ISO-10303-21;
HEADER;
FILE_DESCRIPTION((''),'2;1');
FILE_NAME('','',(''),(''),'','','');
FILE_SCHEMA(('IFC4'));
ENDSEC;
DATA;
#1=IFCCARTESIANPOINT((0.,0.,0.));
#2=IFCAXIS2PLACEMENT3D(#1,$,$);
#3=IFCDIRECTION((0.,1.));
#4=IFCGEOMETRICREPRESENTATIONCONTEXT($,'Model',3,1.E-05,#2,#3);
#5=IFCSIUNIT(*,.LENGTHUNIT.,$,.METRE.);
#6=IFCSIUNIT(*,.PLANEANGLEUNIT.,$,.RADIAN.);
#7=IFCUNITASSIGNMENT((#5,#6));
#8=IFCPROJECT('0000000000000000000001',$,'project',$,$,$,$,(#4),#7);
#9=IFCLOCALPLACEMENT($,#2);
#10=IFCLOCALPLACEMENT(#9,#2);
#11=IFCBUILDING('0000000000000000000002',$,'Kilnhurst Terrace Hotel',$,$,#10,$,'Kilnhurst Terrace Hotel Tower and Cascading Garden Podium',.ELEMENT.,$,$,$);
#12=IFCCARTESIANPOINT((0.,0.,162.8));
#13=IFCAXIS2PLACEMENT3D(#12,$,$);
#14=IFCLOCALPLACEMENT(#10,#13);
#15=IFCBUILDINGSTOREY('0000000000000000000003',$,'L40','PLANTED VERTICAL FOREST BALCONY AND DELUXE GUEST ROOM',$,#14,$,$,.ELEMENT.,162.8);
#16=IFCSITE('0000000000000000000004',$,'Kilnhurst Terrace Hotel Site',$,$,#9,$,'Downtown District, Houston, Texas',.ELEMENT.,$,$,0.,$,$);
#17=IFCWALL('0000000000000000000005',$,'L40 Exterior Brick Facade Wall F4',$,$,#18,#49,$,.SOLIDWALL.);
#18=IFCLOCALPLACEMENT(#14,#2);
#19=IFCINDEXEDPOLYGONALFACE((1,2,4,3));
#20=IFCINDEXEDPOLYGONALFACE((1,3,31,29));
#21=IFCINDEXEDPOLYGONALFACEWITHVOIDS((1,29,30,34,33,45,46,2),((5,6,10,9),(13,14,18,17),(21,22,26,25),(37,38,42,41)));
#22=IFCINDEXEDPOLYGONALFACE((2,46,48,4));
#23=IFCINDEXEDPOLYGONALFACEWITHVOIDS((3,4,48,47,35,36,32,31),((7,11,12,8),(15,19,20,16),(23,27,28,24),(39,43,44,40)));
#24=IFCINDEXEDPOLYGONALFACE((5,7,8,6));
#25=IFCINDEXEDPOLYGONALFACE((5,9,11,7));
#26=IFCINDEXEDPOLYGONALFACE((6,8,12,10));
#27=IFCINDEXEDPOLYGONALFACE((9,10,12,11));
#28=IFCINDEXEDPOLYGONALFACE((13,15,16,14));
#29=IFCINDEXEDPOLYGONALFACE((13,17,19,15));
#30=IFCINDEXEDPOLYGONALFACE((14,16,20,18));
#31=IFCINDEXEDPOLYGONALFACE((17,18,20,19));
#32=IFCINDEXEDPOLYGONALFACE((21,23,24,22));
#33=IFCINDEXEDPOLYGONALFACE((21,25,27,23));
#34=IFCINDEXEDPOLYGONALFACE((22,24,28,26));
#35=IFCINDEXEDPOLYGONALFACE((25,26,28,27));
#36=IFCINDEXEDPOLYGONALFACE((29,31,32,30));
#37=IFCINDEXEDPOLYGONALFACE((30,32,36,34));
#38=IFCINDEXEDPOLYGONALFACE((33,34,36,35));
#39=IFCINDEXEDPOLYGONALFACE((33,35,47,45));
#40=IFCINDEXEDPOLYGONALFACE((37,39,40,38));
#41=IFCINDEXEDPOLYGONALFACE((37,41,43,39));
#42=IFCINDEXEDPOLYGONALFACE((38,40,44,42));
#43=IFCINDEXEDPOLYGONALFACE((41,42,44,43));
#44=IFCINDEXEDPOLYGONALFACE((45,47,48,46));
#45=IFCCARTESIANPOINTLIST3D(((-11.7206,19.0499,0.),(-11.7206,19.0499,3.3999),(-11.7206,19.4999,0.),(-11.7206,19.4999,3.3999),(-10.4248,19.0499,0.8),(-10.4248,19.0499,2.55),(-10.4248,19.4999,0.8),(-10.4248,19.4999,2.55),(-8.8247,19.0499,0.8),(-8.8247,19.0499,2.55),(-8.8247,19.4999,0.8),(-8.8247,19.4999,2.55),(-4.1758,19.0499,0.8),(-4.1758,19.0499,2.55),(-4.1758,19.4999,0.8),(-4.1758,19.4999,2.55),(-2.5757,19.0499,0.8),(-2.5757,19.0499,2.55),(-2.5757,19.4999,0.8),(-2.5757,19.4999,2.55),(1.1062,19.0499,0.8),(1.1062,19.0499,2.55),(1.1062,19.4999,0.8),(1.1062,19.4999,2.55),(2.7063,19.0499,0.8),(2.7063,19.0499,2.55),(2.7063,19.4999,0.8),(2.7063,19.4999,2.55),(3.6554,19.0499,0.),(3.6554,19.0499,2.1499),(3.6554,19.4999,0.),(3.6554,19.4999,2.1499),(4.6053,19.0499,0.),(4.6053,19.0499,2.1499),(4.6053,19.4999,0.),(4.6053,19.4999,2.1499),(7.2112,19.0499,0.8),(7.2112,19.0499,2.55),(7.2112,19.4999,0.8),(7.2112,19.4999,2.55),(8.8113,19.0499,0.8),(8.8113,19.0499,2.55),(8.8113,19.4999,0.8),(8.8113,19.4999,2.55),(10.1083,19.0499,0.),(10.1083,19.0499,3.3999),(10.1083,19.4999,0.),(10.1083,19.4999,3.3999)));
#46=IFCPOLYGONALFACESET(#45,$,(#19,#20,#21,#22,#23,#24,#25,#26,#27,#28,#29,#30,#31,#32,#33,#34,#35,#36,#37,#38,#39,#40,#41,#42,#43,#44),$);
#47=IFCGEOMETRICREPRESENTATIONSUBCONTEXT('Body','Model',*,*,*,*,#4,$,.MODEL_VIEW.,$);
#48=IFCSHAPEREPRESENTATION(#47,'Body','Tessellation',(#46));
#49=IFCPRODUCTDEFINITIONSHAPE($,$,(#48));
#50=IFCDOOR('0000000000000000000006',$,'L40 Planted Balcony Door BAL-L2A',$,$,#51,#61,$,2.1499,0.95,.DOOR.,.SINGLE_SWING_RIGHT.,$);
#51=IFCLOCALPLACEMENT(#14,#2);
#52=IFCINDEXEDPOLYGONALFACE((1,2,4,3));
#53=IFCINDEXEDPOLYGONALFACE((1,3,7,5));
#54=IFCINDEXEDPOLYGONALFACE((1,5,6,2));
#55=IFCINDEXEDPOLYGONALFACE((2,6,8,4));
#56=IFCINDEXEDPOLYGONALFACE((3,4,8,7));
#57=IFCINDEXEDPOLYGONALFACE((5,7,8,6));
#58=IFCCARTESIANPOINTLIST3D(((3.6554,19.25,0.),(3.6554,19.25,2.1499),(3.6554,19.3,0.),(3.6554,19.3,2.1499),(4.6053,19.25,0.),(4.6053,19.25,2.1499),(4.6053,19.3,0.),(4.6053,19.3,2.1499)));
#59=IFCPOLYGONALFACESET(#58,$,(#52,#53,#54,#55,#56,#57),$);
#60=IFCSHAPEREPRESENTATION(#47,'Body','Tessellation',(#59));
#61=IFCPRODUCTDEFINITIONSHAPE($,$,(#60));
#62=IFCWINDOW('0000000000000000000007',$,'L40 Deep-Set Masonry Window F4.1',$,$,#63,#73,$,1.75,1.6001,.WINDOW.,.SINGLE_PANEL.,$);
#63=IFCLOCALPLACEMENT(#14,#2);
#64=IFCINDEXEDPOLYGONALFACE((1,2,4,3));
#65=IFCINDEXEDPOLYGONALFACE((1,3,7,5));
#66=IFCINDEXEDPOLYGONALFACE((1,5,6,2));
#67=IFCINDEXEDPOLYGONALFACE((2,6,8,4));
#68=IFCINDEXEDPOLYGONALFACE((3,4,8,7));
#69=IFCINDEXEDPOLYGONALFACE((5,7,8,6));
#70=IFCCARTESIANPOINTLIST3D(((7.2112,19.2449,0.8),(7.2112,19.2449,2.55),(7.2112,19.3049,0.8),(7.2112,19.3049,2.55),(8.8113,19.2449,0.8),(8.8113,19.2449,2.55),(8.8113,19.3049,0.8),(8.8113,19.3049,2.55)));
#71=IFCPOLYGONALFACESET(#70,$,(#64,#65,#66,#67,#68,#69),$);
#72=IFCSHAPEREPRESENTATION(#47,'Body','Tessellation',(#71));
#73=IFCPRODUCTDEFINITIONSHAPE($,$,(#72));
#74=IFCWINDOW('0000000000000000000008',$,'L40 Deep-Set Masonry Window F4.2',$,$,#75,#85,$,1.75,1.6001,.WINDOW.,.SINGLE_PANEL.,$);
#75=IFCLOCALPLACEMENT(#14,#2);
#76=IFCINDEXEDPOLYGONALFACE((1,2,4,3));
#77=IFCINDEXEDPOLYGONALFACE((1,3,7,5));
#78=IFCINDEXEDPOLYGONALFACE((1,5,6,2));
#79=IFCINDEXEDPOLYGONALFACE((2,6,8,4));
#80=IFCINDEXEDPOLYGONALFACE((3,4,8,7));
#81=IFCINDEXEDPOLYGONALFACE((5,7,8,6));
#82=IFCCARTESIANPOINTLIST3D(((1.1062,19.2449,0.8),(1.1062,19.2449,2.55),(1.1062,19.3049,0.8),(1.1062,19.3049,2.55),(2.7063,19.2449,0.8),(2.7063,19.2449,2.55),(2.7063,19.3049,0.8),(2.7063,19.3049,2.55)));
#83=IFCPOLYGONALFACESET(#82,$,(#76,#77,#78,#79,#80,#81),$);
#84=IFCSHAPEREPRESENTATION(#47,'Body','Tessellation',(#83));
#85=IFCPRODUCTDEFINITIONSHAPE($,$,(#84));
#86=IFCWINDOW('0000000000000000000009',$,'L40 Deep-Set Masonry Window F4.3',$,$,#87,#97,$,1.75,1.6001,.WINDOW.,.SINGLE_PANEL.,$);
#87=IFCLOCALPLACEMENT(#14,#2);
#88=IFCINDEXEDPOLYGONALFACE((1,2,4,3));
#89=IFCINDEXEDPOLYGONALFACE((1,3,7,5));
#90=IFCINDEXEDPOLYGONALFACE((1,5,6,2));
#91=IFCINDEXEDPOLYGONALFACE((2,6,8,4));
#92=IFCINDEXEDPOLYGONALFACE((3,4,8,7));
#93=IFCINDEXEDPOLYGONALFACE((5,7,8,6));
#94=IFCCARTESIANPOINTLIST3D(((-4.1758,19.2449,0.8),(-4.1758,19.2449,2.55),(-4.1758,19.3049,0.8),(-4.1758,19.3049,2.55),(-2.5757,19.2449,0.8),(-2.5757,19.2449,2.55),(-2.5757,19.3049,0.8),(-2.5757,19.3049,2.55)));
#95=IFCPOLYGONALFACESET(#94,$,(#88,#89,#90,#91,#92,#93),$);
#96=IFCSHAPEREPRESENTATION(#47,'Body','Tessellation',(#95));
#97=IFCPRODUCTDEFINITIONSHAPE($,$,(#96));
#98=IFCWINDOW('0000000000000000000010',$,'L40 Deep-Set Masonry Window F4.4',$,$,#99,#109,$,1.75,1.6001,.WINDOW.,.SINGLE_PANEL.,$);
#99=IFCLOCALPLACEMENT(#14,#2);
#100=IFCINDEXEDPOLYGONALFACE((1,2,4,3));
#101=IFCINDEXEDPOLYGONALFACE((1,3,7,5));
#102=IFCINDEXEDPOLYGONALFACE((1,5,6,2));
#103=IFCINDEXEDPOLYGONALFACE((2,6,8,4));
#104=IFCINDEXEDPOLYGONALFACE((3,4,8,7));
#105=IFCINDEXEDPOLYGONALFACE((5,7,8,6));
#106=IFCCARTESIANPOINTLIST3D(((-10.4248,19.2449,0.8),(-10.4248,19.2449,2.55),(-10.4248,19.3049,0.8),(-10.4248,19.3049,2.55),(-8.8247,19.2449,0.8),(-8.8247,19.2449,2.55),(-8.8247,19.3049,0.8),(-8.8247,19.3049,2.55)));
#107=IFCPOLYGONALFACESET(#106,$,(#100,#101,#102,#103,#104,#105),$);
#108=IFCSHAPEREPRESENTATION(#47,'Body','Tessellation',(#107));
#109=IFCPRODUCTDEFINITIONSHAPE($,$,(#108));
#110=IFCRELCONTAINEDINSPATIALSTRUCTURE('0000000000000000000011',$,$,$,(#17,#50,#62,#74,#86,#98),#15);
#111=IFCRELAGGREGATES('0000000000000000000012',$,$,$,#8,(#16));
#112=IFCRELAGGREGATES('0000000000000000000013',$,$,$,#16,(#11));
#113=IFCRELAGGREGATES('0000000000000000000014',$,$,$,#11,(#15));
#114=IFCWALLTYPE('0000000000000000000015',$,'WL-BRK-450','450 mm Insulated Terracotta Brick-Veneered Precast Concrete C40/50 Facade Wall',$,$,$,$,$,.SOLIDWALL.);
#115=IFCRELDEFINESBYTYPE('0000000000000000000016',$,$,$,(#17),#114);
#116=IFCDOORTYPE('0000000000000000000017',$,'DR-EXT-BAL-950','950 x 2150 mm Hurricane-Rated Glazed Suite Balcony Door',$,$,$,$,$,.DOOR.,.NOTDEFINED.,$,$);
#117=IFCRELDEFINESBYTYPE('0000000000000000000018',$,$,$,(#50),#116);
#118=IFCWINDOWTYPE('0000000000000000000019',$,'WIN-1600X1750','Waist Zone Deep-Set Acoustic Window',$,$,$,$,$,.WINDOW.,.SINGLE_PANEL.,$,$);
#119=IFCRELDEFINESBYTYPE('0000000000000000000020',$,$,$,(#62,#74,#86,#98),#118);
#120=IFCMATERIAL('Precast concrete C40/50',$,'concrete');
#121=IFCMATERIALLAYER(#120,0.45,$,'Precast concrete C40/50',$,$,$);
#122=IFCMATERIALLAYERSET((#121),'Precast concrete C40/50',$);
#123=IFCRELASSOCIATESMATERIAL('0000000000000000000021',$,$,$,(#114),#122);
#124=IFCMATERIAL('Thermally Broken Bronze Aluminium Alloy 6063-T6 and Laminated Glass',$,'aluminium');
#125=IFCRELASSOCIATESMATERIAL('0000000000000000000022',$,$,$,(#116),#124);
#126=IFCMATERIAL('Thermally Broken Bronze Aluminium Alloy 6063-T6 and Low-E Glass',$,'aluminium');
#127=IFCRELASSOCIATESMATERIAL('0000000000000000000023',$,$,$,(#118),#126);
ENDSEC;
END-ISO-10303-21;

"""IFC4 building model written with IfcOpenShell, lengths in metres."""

from ifc_helpers import new_model, si_unit, direction, frame, frame_2d, origin, place, context, subcontext, project, spatial, rectangle, extrude, material, layer, layer_set, type_object, element, fill, save


model = new_model("IFC4")

# Units and contexts
model_context = context("Model", 3, precision=1e-05, world=origin(), true_north=direction((0.0, 1.0)))
body_context = subcontext(model_context, "Body", "Model", "MODEL_VIEW")
ifc_project = project(units=[si_unit("LENGTHUNIT", "METRE"), si_unit("PLANEANGLEUNIT", "RADIAN")], contexts=[model_context])

# Site, building, storey
site_placement = place(None, origin())
site = spatial("IfcSite", under=ifc_project, at=site_placement, Name="Kilnhurst Terrace Hotel Site", LongName="Downtown District, Houston, Texas", CompositionType="ELEMENT", RefElevation=0.0)
building_placement = place(site_placement, origin())
building = spatial("IfcBuilding", under=site, at=building_placement, Name="Kilnhurst Terrace Hotel", LongName="Kilnhurst Terrace Hotel Tower and Cascading Garden Podium", CompositionType="ELEMENT")
storey_placement = place(building_placement, frame((0.0, 0.0, 162.8)))
storey = spatial("IfcBuildingStorey", under=building, at=storey_placement, Name="L40", Description="PLANTED VERTICAL FOREST BALCONY AND DELUXE GUEST ROOM", CompositionType="ELEMENT", Elevation=162.8)

# Shared definitions
ifc_material_1 = material(Name="Precast concrete C40/50", Category="concrete")
ifc_layer_1 = layer(ifc_material_1, 0.45, Name="Precast concrete C40/50")
ifc_layer_set_1 = layer_set([ifc_layer_1], Name="Precast concrete C40/50")
wall_type_1 = type_object("IfcWallType", Name="WL-BRK-450", Description="450 mm Insulated Terracotta Brick-Veneered Precast Concrete C40/50 Facade Wall", PredefinedType="SOLIDWALL", material=ifc_layer_set_1)

# Wall, openings, door, windows
wall_1_placement = place(storey_placement, frame((10.1084, 19.2749, 0.0), z_axis=(0.0, 0.0, 1.0), x_axis=(-1.0, 0.0, 0.0)))
wall_1 = element("IfcWall", 1, at=wall_1_placement, inside=storey, type_object=wall_type_1, Name="L40 Exterior Brick Facade Wall F4", PredefinedType="SOLIDWALL", context=body_context, shape_type="SweptSolid", body=[
    extrude(rectangle(XDim=21.8289, YDim=0.45, at=frame_2d((10.9146, 0.0))), origin(), (0.0, 0.0, 1.0), 3.3999),
])
opening_1_placement = place(wall_1_placement, frame((5.5029, 0.0, 0.0)))
opening_1 = element("IfcOpeningElement", 2, at=opening_1_placement, cuts=wall_1, PredefinedType="OPENING", context=body_context, shape_type="SweptSolid", body=[
    extrude(rectangle(XDim=0.95, YDim=2.1499, at=frame_2d((0.4751, 1.075))), frame((0.0, 0.2349, 0.0), z_axis=(0.0, -1.0, 0.0), x_axis=(1.0, 0.0, 0.0)), (0.0, 0.0, 1.0), 0.47),
])
opening_2_placement = place(wall_1_placement, frame((1.2971, 0.0, 0.8)))
opening_2 = element("IfcOpeningElement", 3, at=opening_2_placement, cuts=wall_1, PredefinedType="OPENING", context=body_context, shape_type="SweptSolid", body=[
    extrude(rectangle(XDim=1.6001, YDim=1.75, at=frame_2d((0.8, 0.875))), frame((0.0, 0.2349, 0.0), z_axis=(0.0, -1.0, 0.0), x_axis=(1.0, 0.0, 0.0)), (0.0, 0.0, 1.0), 0.47),
])
opening_3_placement = place(wall_1_placement, frame((7.4021, 0.0, 0.8)))
opening_3 = element("IfcOpeningElement", 4, at=opening_3_placement, cuts=wall_1, PredefinedType="OPENING", context=body_context, shape_type="SweptSolid", body=[
    extrude(rectangle(XDim=1.6001, YDim=1.75, at=frame_2d((0.8, 0.875))), frame((0.0, 0.2349, 0.0), z_axis=(0.0, -1.0, 0.0), x_axis=(1.0, 0.0, 0.0)), (0.0, 0.0, 1.0), 0.47),
])
opening_4_placement = place(wall_1_placement, frame((12.6841, 0.0, 0.8)))
opening_4 = element("IfcOpeningElement", 5, at=opening_4_placement, cuts=wall_1, PredefinedType="OPENING", context=body_context, shape_type="SweptSolid", body=[
    extrude(rectangle(XDim=1.6001, YDim=1.75, at=frame_2d((0.8, 0.875))), frame((0.0, 0.2349, 0.0), z_axis=(0.0, -1.0, 0.0), x_axis=(1.0, 0.0, 0.0)), (0.0, 0.0, 1.0), 0.47),
])
opening_5_placement = place(wall_1_placement, frame((18.9331, 0.0, 0.8)))
opening_5 = element("IfcOpeningElement", 6, at=opening_5_placement, cuts=wall_1, PredefinedType="OPENING", context=body_context, shape_type="SweptSolid", body=[
    extrude(rectangle(XDim=1.6001, YDim=1.75, at=frame_2d((0.8, 0.875))), frame((0.0, 0.2349, 0.0), z_axis=(0.0, -1.0, 0.0), x_axis=(1.0, 0.0, 0.0)), (0.0, 0.0, 1.0), 0.47),
])
ifc_material_2 = material(Name="Thermally Broken Bronze Aluminium Alloy 6063-T6 and Laminated Glass", Category="aluminium")
door_type_1 = type_object("IfcDoorType", Name="DR-EXT-BAL-950", Description="950 x 2150 mm Hurricane-Rated Glazed Suite Balcony Door", OperationType="NOTDEFINED", PredefinedType="DOOR", material=ifc_material_2)
door_1_placement = place(opening_1_placement, origin())
door_1 = element("IfcDoor", 7, at=door_1_placement, inside=storey, type_object=door_type_1, Name="L40 Planted Balcony Door BAL-L2A", OperationType="SINGLE_SWING_RIGHT", OverallHeight=2.1499, OverallWidth=0.95, PredefinedType="DOOR", context=body_context, shape_type="SweptSolid", body=[
    extrude(rectangle(XDim=0.95, YDim=2.1499, at=frame_2d((0.4751, 1.075))), frame((0.0, 0.0249, 0.0), z_axis=(0.0, -1.0, 0.0), x_axis=(1.0, 0.0, 0.0)), (0.0, 0.0, 1.0), 0.05),
])
fill(opening_1, door_1)
ifc_material_3 = material(Name="Thermally Broken Bronze Aluminium Alloy 6063-T6 and Low-E Glass", Category="aluminium")
window_type = type_object("IfcWindowType", Name="WIN-1600X1750", Description="Waist Zone Deep-Set Acoustic Window", PartitioningType="SINGLE_PANEL", PredefinedType="WINDOW", material=ifc_material_3)
window_1_placement = place(opening_2_placement, origin())
window_1 = element("IfcWindow", 8, at=window_1_placement, inside=storey, type_object=window_type, Name="L40 Deep-Set Masonry Window F4.1", OverallHeight=1.75, OverallWidth=1.6001, PartitioningType="SINGLE_PANEL", PredefinedType="WINDOW", context=body_context, shape_type="SweptSolid", body=[
    extrude(rectangle(XDim=1.6001, YDim=1.75, at=frame_2d((0.8, 0.875))), frame((0.0, 0.03, 0.0), z_axis=(0.0, -1.0, 0.0), x_axis=(1.0, 0.0, 0.0)), (0.0, 0.0, 1.0), 0.0601),
])
fill(opening_2, window_1)
window_2_placement = place(opening_3_placement, origin())
window_2 = element("IfcWindow", 9, at=window_2_placement, inside=storey, type_object=window_type, Name="L40 Deep-Set Masonry Window F4.2", OverallHeight=1.75, OverallWidth=1.6001, PartitioningType="SINGLE_PANEL", PredefinedType="WINDOW", context=body_context, shape_type="SweptSolid", body=[
    extrude(rectangle(XDim=1.6001, YDim=1.75, at=frame_2d((0.8, 0.875))), frame((0.0, 0.03, 0.0), z_axis=(0.0, -1.0, 0.0), x_axis=(1.0, 0.0, 0.0)), (0.0, 0.0, 1.0), 0.0601),
])
fill(opening_3, window_2)
window_3_placement = place(opening_4_placement, origin())
window_3 = element("IfcWindow", 10, at=window_3_placement, inside=storey, type_object=window_type, Name="L40 Deep-Set Masonry Window F4.3", OverallHeight=1.75, OverallWidth=1.6001, PartitioningType="SINGLE_PANEL", PredefinedType="WINDOW", context=body_context, shape_type="SweptSolid", body=[
    extrude(rectangle(XDim=1.6001, YDim=1.75, at=frame_2d((0.8, 0.875))), frame((0.0, 0.03, 0.0), z_axis=(0.0, -1.0, 0.0), x_axis=(1.0, 0.0, 0.0)), (0.0, 0.0, 1.0), 0.0601),
])
fill(opening_4, window_3)
window_4_placement = place(opening_5_placement, origin())
window_4 = element("IfcWindow", 11, at=window_4_placement, inside=storey, type_object=window_type, Name="L40 Deep-Set Masonry Window F4.4", OverallHeight=1.75, OverallWidth=1.6001, PartitioningType="SINGLE_PANEL", PredefinedType="WINDOW", context=body_context, shape_type="SweptSolid", body=[
    extrude(rectangle(XDim=1.6001, YDim=1.75, at=frame_2d((0.8, 0.875))), frame((0.0, 0.03, 0.0), z_axis=(0.0, -1.0, 0.0), x_axis=(1.0, 0.0, 0.0)), (0.0, 0.0, 1.0), 0.0601),
])
fill(opening_5, window_4)

save(model, "model.ifc")
